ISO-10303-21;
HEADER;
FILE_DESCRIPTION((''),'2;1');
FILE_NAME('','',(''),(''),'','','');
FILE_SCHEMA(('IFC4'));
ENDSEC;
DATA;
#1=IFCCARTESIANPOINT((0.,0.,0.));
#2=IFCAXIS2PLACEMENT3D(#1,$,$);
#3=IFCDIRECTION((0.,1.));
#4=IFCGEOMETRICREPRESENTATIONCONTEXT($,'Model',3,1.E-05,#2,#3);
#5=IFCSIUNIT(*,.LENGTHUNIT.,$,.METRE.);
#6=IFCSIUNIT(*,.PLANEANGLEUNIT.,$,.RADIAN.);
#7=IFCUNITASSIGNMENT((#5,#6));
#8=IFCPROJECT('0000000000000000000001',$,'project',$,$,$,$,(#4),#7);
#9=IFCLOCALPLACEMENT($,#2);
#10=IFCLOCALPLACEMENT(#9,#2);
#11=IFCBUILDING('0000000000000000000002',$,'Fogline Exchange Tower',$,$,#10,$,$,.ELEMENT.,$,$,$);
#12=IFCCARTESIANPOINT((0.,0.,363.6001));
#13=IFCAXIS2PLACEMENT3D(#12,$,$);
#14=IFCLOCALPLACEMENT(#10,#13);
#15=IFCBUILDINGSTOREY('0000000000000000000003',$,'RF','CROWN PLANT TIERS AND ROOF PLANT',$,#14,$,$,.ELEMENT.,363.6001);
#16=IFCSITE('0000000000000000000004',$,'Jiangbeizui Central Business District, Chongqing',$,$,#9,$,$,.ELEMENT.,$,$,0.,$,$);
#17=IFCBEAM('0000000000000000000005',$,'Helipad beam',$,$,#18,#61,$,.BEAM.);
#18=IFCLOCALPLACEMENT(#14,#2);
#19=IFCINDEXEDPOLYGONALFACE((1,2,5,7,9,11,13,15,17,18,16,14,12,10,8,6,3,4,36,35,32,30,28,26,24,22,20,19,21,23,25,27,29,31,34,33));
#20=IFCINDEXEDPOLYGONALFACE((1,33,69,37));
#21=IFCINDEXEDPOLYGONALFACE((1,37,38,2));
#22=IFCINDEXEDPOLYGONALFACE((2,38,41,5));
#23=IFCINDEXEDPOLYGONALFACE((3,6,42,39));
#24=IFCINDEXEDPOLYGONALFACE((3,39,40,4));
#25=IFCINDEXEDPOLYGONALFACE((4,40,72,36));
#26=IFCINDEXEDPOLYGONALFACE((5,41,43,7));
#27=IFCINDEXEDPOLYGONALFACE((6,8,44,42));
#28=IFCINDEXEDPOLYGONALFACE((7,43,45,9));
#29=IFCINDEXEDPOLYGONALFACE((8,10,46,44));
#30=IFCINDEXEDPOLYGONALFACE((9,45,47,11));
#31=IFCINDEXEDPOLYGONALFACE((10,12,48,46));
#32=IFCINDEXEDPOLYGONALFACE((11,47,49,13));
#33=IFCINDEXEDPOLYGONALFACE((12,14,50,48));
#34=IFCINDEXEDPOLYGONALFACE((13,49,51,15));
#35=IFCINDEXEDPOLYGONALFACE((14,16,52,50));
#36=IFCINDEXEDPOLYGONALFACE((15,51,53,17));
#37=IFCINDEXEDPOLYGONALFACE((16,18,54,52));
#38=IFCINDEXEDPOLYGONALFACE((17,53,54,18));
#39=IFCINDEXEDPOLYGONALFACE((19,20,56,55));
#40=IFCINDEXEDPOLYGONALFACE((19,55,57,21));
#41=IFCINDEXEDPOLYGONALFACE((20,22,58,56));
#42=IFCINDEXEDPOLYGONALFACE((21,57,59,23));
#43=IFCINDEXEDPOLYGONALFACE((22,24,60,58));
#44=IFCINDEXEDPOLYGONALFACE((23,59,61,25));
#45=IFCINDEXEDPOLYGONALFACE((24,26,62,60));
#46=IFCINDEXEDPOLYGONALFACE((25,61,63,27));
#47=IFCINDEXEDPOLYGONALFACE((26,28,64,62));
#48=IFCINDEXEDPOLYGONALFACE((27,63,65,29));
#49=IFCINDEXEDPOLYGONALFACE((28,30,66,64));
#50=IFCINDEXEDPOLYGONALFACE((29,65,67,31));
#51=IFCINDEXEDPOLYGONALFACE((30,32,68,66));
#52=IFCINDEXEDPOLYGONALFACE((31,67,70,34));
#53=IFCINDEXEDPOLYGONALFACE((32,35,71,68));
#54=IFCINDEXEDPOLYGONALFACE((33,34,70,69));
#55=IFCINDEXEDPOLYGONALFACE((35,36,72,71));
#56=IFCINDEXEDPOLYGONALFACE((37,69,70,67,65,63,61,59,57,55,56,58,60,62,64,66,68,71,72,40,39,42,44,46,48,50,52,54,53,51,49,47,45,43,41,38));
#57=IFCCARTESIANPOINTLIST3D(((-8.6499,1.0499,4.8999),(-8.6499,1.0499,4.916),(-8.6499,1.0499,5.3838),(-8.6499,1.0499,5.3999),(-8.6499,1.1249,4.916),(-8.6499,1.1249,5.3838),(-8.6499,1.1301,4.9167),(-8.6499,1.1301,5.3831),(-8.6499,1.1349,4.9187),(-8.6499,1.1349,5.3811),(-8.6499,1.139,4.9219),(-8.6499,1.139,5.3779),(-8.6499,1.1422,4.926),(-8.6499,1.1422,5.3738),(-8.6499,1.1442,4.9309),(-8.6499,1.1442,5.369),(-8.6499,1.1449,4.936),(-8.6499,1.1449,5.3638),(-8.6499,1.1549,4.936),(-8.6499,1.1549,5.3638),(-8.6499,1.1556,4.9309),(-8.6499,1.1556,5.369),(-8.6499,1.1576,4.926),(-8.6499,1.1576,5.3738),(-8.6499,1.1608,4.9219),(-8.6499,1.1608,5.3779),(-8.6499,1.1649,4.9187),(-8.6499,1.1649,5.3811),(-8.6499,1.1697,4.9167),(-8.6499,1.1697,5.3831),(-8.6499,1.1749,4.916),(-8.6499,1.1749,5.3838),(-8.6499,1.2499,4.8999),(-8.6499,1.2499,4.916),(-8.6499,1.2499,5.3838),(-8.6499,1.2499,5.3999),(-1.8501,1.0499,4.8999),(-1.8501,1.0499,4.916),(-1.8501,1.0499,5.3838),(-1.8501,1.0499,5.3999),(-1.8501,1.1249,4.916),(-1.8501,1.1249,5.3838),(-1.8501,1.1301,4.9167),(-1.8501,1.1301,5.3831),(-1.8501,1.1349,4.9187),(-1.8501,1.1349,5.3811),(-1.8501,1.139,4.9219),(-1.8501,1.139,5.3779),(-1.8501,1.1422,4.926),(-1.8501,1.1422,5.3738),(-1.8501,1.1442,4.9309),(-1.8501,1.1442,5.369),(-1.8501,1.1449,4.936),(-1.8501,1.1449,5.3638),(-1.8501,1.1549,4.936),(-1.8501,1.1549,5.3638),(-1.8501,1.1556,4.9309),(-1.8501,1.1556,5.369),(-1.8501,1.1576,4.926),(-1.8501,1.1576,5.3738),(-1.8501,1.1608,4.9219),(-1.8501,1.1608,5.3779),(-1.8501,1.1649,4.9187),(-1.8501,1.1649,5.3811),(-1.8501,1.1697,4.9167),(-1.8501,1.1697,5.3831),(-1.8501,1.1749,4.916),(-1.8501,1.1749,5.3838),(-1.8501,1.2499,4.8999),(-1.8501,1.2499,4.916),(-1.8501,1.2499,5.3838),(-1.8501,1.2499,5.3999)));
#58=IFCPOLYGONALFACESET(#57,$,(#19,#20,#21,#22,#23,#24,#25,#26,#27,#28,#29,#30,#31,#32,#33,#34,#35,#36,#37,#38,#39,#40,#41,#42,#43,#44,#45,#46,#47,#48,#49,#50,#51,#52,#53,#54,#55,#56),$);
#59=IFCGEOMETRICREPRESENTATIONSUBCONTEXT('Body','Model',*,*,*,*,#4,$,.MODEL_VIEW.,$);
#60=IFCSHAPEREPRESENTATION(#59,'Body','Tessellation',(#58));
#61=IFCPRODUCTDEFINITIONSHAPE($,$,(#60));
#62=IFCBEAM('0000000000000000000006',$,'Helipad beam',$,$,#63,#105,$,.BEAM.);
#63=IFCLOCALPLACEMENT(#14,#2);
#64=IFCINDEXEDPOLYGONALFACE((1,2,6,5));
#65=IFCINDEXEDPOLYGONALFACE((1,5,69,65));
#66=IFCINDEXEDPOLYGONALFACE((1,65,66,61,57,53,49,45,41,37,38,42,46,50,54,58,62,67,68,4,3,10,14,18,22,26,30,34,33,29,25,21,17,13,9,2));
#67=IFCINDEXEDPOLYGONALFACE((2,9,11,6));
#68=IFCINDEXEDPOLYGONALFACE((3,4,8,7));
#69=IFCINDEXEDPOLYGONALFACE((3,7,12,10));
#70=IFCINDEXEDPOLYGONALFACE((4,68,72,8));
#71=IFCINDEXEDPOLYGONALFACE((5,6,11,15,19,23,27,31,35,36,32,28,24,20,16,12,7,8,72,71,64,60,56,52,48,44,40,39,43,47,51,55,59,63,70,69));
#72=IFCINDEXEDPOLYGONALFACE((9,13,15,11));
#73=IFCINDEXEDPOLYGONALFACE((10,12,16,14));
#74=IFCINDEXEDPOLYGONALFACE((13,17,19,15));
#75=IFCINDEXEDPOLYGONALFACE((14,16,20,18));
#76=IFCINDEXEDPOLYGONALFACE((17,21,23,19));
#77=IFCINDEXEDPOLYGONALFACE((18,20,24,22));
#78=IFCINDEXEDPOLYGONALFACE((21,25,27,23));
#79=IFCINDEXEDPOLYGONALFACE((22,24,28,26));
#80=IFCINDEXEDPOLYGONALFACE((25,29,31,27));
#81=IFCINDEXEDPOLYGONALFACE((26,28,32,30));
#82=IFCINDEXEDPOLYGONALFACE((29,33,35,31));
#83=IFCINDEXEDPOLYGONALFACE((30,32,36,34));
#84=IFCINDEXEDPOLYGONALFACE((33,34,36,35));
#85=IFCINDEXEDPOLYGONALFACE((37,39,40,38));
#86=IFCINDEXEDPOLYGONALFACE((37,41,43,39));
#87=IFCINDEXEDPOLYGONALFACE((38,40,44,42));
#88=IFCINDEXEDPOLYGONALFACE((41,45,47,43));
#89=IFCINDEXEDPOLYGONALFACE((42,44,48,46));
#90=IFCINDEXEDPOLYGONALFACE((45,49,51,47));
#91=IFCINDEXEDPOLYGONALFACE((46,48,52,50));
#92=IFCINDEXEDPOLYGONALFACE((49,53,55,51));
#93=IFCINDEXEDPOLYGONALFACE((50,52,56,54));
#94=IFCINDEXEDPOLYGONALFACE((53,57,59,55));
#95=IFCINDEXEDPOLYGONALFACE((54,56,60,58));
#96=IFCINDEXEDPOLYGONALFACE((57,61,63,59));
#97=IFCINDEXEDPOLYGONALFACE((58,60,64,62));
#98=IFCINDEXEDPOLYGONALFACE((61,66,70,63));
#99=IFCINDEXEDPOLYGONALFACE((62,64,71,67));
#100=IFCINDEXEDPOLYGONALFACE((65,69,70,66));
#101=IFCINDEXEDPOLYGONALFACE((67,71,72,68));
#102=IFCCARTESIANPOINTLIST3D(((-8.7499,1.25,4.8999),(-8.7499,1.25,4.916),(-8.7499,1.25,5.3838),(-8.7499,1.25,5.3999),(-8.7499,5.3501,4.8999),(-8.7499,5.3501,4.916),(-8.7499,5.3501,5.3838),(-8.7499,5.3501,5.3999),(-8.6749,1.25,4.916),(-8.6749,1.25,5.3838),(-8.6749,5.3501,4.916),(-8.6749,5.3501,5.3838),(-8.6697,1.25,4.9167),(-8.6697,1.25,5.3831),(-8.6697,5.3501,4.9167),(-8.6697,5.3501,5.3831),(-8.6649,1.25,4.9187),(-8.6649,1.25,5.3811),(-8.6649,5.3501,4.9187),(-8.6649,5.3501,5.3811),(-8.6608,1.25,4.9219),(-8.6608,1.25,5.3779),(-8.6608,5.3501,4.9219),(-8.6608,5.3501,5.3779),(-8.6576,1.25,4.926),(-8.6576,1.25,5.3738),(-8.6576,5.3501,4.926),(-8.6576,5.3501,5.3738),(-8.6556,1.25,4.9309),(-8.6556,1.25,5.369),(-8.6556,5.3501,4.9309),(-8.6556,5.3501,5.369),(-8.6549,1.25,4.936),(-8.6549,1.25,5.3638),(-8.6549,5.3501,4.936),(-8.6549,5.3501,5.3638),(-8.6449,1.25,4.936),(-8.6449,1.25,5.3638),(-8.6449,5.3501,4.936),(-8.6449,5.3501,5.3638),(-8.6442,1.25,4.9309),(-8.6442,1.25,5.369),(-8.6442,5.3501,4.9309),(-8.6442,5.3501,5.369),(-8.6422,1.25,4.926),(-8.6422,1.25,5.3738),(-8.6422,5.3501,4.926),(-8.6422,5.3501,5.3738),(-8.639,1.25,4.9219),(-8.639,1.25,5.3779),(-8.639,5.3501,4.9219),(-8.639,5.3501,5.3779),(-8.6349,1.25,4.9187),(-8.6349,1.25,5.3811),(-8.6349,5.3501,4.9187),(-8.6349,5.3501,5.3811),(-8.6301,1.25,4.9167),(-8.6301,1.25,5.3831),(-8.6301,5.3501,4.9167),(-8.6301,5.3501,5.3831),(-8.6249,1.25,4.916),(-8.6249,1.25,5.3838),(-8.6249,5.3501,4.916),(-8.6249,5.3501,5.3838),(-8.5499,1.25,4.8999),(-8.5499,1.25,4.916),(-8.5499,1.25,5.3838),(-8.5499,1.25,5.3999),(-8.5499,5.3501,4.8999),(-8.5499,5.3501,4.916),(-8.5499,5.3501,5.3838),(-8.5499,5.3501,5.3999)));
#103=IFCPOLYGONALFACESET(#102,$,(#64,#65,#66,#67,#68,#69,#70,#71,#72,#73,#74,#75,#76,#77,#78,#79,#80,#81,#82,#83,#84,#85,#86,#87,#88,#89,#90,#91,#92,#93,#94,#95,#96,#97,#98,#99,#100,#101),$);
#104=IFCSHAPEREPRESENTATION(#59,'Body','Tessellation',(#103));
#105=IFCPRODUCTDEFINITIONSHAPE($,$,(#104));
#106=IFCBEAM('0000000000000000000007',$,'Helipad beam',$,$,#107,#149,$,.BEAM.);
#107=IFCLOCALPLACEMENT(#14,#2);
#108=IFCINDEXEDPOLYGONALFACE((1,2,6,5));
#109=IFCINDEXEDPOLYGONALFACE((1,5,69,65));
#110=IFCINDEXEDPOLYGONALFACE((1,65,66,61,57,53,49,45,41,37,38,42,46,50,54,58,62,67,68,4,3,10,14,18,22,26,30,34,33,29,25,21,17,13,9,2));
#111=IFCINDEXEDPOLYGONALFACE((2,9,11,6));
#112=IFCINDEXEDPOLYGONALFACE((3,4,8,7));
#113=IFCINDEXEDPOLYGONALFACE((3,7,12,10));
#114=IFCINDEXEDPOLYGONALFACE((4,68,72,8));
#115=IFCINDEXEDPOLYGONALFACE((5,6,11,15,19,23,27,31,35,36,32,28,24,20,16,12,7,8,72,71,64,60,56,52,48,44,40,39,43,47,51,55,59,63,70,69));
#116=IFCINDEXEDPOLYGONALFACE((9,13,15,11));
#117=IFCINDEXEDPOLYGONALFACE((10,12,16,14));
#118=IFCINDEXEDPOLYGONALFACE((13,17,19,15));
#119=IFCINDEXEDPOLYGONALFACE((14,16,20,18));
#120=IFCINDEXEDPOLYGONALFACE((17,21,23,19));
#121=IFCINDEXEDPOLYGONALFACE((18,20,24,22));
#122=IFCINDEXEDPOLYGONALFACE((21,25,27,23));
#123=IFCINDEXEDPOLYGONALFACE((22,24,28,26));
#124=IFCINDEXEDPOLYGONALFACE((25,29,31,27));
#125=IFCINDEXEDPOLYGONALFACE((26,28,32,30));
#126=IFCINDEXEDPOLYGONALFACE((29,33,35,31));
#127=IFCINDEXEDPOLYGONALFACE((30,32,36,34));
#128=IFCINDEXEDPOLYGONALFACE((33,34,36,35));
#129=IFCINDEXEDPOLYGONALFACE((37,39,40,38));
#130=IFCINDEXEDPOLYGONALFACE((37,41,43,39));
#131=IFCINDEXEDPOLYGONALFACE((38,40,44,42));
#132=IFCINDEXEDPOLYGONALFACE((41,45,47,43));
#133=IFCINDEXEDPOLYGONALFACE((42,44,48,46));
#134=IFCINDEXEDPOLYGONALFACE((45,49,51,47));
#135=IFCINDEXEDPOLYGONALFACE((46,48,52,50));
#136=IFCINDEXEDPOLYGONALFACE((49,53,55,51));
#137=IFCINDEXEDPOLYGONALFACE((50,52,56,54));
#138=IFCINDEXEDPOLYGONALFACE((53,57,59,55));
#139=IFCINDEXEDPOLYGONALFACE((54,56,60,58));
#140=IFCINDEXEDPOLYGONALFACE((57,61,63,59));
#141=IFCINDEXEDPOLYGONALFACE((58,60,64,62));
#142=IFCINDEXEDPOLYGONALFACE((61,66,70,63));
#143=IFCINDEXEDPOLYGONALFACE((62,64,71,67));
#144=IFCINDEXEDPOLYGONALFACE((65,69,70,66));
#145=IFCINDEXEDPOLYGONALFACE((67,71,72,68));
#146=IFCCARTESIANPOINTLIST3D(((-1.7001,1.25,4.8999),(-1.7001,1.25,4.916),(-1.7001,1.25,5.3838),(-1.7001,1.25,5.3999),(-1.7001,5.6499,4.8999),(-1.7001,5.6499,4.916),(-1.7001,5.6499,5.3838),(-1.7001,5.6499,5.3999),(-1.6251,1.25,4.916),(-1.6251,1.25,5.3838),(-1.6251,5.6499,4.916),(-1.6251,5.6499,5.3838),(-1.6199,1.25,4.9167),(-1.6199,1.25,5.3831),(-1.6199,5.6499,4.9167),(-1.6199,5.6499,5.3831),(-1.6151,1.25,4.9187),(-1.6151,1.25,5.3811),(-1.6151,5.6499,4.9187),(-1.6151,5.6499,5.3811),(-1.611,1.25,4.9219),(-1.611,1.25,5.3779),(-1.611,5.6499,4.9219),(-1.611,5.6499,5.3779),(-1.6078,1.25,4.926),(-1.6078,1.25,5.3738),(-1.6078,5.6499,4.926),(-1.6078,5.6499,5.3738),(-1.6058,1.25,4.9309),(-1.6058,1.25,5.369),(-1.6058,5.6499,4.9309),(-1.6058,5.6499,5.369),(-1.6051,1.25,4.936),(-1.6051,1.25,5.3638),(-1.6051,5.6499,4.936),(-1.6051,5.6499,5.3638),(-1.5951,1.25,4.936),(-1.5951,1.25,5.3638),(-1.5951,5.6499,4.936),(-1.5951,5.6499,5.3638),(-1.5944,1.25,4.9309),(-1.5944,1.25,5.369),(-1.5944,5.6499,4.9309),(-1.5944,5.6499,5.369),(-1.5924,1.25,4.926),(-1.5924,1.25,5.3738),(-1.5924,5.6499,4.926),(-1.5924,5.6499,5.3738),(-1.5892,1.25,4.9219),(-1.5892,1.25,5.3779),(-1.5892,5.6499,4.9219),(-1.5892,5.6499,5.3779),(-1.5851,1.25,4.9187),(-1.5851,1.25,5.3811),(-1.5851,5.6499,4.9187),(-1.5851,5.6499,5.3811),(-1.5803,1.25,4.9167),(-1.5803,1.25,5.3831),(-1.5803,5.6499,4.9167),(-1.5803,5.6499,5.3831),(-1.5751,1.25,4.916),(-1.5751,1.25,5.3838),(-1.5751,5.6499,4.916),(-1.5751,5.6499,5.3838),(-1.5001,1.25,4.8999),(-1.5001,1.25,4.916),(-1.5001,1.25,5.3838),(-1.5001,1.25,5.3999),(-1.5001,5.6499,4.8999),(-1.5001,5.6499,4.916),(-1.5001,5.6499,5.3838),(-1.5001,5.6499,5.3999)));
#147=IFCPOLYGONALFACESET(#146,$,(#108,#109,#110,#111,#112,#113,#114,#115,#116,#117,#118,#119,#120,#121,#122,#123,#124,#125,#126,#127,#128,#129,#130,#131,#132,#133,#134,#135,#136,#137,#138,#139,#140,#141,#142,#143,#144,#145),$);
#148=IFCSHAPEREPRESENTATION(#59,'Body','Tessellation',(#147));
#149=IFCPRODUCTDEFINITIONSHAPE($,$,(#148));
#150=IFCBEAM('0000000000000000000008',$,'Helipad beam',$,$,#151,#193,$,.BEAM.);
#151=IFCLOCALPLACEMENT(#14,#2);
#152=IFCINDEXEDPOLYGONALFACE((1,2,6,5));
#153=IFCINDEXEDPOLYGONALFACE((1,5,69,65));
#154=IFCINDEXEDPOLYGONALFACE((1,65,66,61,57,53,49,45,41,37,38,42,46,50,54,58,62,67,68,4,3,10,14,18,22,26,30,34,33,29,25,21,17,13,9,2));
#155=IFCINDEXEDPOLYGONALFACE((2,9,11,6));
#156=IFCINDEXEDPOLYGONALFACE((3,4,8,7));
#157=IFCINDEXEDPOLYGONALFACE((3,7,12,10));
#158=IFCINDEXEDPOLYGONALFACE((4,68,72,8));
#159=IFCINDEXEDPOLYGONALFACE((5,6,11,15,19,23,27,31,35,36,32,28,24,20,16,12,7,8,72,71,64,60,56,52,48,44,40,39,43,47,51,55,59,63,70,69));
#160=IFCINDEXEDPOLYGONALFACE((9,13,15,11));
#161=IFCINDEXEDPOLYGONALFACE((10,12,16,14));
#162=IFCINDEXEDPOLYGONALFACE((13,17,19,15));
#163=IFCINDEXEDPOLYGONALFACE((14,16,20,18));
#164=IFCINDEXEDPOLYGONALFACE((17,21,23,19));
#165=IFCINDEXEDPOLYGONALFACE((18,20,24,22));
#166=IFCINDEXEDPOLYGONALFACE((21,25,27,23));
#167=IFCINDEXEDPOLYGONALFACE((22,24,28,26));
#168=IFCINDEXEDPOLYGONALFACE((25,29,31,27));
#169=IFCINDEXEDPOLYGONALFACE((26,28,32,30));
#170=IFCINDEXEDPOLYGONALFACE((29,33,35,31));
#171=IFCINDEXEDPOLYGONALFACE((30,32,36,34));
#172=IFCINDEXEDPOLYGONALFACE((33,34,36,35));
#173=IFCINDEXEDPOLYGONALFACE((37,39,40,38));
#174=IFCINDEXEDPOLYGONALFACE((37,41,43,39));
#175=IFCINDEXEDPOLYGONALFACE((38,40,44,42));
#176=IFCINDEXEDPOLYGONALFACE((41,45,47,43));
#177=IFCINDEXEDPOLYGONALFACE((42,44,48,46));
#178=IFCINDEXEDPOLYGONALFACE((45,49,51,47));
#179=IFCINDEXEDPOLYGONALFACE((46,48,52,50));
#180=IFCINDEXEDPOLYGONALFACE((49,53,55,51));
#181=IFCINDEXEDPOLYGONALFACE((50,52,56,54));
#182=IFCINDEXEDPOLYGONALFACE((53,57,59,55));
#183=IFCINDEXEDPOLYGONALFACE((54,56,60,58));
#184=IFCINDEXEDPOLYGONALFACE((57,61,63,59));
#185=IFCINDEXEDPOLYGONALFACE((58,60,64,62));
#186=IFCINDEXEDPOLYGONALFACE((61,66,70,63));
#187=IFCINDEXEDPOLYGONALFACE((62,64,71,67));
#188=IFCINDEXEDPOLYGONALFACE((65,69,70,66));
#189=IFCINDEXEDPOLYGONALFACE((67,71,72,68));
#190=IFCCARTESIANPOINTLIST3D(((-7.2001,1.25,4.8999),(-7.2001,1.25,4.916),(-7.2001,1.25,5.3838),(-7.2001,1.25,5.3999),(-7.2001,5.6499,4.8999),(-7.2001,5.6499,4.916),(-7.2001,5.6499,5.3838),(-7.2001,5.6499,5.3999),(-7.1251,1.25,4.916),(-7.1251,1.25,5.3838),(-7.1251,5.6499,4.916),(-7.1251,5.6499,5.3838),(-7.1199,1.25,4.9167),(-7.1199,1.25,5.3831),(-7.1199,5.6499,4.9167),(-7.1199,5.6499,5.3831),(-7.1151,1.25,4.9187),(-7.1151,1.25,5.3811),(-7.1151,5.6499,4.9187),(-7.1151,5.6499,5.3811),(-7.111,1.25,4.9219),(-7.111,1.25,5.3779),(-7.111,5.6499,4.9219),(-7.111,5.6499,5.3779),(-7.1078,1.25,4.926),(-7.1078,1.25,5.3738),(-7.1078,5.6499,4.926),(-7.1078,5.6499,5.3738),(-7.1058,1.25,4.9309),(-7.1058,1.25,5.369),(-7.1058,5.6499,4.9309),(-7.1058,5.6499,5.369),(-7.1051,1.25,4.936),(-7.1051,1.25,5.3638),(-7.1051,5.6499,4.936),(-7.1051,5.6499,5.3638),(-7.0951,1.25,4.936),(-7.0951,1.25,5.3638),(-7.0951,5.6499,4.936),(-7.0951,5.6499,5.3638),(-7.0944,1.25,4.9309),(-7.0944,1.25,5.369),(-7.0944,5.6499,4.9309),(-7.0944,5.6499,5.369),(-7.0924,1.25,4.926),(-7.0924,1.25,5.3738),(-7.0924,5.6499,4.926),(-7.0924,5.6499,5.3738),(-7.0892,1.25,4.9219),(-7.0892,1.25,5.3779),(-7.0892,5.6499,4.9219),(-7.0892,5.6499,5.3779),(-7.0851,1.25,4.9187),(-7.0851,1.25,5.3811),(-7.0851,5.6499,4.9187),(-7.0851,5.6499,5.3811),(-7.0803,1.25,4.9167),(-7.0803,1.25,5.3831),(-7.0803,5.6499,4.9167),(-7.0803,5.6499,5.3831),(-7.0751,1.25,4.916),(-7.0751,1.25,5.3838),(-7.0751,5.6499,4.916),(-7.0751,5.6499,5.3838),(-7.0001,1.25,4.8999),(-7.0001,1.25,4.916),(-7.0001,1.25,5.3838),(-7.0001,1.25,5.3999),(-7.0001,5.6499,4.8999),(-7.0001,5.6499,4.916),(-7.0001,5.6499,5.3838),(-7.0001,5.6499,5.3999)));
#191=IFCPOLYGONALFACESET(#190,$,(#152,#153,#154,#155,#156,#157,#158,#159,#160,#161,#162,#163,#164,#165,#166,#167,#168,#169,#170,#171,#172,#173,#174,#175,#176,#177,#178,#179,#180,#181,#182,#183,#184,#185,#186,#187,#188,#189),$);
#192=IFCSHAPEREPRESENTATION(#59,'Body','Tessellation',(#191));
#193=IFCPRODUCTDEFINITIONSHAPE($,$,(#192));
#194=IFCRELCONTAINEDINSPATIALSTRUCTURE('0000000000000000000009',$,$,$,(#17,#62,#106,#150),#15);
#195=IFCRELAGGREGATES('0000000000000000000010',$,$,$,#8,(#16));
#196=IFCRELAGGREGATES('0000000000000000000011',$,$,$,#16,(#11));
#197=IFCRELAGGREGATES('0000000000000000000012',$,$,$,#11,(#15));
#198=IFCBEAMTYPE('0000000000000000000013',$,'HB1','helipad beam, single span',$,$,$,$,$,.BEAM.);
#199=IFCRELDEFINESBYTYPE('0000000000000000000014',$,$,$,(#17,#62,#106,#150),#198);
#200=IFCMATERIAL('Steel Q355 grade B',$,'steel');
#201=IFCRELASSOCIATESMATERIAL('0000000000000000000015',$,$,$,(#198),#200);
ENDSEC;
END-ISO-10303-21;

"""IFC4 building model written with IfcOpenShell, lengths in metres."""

from ifc_helpers import new_model, si_unit, direction, frame, origin, origin_2d, place, context, subcontext, project, spatial, i_section, extrude, material, material_profile, profile_set, type_object, element, save


model = new_model("IFC4")

# Units and contexts
model_context = context("Model", 3, precision=1e-05, world=origin(), true_north=direction((0.0, 1.0)))
body_context = subcontext(model_context, "Body", "Model", "MODEL_VIEW")
ifc_project = project(units=[si_unit("LENGTHUNIT", "METRE"), si_unit("PLANEANGLEUNIT", "RADIAN")], contexts=[model_context])

# Site, building, storey
site_placement = place(None, origin())
site = spatial("IfcSite", under=ifc_project, at=site_placement, Name="Jiangbeizui Central Business District, Chongqing", CompositionType="ELEMENT", RefElevation=0.0)
building_placement = place(site_placement, origin())
building = spatial("IfcBuilding", under=site, at=building_placement, Name="Fogline Exchange Tower", CompositionType="ELEMENT")
storey_placement = place(building_placement, frame((0.0, 0.0, 363.6001)))
storey = spatial("IfcBuildingStorey", under=building, at=storey_placement, Name="RF", Description="CROWN PLANT TIERS AND ROOF PLANT", CompositionType="ELEMENT", Elevation=363.6001)

# Beams
ifc_material_1 = material(Name="Steel Q355 grade B", Category="steel")
ifc_material_profile = material_profile(ifc_material_1, i_section(OverallWidth=0.2, OverallDepth=0.5, WebThickness=0.01, FlangeThickness=0.0161, FilletRadius=0.02, at=origin_2d()), Name="HN500X200X10X16")
ifc_profile_set = profile_set([ifc_material_profile], Name="Steel Q355 grade B")
beam_type = type_object("IfcBeamType", Name="HB1", Description="helipad beam, single span", PredefinedType="BEAM", material=ifc_profile_set)
beam_1_placement = place(storey_placement, frame((-8.6499, 1.1499, 5.1499), z_axis=(1.0, 0.0, 0.0), x_axis=(0.0, 1.0, 0.0)))
element("IfcBeam", 1, at=beam_1_placement, inside=storey, type_object=beam_type, Name="Helipad beam", PredefinedType="BEAM", context=body_context, shape_type="SweptSolid", body=[
    extrude(i_section(OverallWidth=0.2, OverallDepth=0.5, WebThickness=0.01, FlangeThickness=0.0161, FilletRadius=0.02, at=origin_2d()), origin(), (0.0, 0.0, 1.0), 6.7998),
])
beam_2_placement = place(storey_placement, frame((-8.6499, 1.25, 5.1499), z_axis=(0.0, 1.0, 0.0), x_axis=(-1.0, 0.0, 0.0)))
element("IfcBeam", 2, at=beam_2_placement, inside=storey, type_object=beam_type, Name="Helipad beam", PredefinedType="BEAM", context=body_context, shape_type="SweptSolid", body=[
    extrude(i_section(OverallWidth=0.2, OverallDepth=0.5, WebThickness=0.01, FlangeThickness=0.0161, FilletRadius=0.02, at=origin_2d()), origin(), (0.0, 0.0, 1.0), 4.1001),
])
for number, where, z_axis, x_axis, name in (
    (3, (-1.6001, 1.25, 5.1499), (0.0, 1.0, 0.0), (-1.0, 0.0, 0.0), "Helipad beam"),
    (4, (-7.1001, 1.25, 5.1499), (0.0, 1.0, 0.0), (-1.0, 0.0, 0.0), "Helipad beam"),
):
    element("IfcBeam", number, at=place(storey_placement, frame(where, z_axis=z_axis, x_axis=x_axis)), inside=storey, type_object=beam_type, Name=name, PredefinedType="BEAM", context=body_context, shape_type="SweptSolid", body=[
        extrude(i_section(OverallWidth=0.2, OverallDepth=0.5, WebThickness=0.01, FlangeThickness=0.0161, FilletRadius=0.02, at=origin_2d()), origin(), (0.0, 0.0, 1.0), 4.3999),
    ])

save(model, "model.ifc")
